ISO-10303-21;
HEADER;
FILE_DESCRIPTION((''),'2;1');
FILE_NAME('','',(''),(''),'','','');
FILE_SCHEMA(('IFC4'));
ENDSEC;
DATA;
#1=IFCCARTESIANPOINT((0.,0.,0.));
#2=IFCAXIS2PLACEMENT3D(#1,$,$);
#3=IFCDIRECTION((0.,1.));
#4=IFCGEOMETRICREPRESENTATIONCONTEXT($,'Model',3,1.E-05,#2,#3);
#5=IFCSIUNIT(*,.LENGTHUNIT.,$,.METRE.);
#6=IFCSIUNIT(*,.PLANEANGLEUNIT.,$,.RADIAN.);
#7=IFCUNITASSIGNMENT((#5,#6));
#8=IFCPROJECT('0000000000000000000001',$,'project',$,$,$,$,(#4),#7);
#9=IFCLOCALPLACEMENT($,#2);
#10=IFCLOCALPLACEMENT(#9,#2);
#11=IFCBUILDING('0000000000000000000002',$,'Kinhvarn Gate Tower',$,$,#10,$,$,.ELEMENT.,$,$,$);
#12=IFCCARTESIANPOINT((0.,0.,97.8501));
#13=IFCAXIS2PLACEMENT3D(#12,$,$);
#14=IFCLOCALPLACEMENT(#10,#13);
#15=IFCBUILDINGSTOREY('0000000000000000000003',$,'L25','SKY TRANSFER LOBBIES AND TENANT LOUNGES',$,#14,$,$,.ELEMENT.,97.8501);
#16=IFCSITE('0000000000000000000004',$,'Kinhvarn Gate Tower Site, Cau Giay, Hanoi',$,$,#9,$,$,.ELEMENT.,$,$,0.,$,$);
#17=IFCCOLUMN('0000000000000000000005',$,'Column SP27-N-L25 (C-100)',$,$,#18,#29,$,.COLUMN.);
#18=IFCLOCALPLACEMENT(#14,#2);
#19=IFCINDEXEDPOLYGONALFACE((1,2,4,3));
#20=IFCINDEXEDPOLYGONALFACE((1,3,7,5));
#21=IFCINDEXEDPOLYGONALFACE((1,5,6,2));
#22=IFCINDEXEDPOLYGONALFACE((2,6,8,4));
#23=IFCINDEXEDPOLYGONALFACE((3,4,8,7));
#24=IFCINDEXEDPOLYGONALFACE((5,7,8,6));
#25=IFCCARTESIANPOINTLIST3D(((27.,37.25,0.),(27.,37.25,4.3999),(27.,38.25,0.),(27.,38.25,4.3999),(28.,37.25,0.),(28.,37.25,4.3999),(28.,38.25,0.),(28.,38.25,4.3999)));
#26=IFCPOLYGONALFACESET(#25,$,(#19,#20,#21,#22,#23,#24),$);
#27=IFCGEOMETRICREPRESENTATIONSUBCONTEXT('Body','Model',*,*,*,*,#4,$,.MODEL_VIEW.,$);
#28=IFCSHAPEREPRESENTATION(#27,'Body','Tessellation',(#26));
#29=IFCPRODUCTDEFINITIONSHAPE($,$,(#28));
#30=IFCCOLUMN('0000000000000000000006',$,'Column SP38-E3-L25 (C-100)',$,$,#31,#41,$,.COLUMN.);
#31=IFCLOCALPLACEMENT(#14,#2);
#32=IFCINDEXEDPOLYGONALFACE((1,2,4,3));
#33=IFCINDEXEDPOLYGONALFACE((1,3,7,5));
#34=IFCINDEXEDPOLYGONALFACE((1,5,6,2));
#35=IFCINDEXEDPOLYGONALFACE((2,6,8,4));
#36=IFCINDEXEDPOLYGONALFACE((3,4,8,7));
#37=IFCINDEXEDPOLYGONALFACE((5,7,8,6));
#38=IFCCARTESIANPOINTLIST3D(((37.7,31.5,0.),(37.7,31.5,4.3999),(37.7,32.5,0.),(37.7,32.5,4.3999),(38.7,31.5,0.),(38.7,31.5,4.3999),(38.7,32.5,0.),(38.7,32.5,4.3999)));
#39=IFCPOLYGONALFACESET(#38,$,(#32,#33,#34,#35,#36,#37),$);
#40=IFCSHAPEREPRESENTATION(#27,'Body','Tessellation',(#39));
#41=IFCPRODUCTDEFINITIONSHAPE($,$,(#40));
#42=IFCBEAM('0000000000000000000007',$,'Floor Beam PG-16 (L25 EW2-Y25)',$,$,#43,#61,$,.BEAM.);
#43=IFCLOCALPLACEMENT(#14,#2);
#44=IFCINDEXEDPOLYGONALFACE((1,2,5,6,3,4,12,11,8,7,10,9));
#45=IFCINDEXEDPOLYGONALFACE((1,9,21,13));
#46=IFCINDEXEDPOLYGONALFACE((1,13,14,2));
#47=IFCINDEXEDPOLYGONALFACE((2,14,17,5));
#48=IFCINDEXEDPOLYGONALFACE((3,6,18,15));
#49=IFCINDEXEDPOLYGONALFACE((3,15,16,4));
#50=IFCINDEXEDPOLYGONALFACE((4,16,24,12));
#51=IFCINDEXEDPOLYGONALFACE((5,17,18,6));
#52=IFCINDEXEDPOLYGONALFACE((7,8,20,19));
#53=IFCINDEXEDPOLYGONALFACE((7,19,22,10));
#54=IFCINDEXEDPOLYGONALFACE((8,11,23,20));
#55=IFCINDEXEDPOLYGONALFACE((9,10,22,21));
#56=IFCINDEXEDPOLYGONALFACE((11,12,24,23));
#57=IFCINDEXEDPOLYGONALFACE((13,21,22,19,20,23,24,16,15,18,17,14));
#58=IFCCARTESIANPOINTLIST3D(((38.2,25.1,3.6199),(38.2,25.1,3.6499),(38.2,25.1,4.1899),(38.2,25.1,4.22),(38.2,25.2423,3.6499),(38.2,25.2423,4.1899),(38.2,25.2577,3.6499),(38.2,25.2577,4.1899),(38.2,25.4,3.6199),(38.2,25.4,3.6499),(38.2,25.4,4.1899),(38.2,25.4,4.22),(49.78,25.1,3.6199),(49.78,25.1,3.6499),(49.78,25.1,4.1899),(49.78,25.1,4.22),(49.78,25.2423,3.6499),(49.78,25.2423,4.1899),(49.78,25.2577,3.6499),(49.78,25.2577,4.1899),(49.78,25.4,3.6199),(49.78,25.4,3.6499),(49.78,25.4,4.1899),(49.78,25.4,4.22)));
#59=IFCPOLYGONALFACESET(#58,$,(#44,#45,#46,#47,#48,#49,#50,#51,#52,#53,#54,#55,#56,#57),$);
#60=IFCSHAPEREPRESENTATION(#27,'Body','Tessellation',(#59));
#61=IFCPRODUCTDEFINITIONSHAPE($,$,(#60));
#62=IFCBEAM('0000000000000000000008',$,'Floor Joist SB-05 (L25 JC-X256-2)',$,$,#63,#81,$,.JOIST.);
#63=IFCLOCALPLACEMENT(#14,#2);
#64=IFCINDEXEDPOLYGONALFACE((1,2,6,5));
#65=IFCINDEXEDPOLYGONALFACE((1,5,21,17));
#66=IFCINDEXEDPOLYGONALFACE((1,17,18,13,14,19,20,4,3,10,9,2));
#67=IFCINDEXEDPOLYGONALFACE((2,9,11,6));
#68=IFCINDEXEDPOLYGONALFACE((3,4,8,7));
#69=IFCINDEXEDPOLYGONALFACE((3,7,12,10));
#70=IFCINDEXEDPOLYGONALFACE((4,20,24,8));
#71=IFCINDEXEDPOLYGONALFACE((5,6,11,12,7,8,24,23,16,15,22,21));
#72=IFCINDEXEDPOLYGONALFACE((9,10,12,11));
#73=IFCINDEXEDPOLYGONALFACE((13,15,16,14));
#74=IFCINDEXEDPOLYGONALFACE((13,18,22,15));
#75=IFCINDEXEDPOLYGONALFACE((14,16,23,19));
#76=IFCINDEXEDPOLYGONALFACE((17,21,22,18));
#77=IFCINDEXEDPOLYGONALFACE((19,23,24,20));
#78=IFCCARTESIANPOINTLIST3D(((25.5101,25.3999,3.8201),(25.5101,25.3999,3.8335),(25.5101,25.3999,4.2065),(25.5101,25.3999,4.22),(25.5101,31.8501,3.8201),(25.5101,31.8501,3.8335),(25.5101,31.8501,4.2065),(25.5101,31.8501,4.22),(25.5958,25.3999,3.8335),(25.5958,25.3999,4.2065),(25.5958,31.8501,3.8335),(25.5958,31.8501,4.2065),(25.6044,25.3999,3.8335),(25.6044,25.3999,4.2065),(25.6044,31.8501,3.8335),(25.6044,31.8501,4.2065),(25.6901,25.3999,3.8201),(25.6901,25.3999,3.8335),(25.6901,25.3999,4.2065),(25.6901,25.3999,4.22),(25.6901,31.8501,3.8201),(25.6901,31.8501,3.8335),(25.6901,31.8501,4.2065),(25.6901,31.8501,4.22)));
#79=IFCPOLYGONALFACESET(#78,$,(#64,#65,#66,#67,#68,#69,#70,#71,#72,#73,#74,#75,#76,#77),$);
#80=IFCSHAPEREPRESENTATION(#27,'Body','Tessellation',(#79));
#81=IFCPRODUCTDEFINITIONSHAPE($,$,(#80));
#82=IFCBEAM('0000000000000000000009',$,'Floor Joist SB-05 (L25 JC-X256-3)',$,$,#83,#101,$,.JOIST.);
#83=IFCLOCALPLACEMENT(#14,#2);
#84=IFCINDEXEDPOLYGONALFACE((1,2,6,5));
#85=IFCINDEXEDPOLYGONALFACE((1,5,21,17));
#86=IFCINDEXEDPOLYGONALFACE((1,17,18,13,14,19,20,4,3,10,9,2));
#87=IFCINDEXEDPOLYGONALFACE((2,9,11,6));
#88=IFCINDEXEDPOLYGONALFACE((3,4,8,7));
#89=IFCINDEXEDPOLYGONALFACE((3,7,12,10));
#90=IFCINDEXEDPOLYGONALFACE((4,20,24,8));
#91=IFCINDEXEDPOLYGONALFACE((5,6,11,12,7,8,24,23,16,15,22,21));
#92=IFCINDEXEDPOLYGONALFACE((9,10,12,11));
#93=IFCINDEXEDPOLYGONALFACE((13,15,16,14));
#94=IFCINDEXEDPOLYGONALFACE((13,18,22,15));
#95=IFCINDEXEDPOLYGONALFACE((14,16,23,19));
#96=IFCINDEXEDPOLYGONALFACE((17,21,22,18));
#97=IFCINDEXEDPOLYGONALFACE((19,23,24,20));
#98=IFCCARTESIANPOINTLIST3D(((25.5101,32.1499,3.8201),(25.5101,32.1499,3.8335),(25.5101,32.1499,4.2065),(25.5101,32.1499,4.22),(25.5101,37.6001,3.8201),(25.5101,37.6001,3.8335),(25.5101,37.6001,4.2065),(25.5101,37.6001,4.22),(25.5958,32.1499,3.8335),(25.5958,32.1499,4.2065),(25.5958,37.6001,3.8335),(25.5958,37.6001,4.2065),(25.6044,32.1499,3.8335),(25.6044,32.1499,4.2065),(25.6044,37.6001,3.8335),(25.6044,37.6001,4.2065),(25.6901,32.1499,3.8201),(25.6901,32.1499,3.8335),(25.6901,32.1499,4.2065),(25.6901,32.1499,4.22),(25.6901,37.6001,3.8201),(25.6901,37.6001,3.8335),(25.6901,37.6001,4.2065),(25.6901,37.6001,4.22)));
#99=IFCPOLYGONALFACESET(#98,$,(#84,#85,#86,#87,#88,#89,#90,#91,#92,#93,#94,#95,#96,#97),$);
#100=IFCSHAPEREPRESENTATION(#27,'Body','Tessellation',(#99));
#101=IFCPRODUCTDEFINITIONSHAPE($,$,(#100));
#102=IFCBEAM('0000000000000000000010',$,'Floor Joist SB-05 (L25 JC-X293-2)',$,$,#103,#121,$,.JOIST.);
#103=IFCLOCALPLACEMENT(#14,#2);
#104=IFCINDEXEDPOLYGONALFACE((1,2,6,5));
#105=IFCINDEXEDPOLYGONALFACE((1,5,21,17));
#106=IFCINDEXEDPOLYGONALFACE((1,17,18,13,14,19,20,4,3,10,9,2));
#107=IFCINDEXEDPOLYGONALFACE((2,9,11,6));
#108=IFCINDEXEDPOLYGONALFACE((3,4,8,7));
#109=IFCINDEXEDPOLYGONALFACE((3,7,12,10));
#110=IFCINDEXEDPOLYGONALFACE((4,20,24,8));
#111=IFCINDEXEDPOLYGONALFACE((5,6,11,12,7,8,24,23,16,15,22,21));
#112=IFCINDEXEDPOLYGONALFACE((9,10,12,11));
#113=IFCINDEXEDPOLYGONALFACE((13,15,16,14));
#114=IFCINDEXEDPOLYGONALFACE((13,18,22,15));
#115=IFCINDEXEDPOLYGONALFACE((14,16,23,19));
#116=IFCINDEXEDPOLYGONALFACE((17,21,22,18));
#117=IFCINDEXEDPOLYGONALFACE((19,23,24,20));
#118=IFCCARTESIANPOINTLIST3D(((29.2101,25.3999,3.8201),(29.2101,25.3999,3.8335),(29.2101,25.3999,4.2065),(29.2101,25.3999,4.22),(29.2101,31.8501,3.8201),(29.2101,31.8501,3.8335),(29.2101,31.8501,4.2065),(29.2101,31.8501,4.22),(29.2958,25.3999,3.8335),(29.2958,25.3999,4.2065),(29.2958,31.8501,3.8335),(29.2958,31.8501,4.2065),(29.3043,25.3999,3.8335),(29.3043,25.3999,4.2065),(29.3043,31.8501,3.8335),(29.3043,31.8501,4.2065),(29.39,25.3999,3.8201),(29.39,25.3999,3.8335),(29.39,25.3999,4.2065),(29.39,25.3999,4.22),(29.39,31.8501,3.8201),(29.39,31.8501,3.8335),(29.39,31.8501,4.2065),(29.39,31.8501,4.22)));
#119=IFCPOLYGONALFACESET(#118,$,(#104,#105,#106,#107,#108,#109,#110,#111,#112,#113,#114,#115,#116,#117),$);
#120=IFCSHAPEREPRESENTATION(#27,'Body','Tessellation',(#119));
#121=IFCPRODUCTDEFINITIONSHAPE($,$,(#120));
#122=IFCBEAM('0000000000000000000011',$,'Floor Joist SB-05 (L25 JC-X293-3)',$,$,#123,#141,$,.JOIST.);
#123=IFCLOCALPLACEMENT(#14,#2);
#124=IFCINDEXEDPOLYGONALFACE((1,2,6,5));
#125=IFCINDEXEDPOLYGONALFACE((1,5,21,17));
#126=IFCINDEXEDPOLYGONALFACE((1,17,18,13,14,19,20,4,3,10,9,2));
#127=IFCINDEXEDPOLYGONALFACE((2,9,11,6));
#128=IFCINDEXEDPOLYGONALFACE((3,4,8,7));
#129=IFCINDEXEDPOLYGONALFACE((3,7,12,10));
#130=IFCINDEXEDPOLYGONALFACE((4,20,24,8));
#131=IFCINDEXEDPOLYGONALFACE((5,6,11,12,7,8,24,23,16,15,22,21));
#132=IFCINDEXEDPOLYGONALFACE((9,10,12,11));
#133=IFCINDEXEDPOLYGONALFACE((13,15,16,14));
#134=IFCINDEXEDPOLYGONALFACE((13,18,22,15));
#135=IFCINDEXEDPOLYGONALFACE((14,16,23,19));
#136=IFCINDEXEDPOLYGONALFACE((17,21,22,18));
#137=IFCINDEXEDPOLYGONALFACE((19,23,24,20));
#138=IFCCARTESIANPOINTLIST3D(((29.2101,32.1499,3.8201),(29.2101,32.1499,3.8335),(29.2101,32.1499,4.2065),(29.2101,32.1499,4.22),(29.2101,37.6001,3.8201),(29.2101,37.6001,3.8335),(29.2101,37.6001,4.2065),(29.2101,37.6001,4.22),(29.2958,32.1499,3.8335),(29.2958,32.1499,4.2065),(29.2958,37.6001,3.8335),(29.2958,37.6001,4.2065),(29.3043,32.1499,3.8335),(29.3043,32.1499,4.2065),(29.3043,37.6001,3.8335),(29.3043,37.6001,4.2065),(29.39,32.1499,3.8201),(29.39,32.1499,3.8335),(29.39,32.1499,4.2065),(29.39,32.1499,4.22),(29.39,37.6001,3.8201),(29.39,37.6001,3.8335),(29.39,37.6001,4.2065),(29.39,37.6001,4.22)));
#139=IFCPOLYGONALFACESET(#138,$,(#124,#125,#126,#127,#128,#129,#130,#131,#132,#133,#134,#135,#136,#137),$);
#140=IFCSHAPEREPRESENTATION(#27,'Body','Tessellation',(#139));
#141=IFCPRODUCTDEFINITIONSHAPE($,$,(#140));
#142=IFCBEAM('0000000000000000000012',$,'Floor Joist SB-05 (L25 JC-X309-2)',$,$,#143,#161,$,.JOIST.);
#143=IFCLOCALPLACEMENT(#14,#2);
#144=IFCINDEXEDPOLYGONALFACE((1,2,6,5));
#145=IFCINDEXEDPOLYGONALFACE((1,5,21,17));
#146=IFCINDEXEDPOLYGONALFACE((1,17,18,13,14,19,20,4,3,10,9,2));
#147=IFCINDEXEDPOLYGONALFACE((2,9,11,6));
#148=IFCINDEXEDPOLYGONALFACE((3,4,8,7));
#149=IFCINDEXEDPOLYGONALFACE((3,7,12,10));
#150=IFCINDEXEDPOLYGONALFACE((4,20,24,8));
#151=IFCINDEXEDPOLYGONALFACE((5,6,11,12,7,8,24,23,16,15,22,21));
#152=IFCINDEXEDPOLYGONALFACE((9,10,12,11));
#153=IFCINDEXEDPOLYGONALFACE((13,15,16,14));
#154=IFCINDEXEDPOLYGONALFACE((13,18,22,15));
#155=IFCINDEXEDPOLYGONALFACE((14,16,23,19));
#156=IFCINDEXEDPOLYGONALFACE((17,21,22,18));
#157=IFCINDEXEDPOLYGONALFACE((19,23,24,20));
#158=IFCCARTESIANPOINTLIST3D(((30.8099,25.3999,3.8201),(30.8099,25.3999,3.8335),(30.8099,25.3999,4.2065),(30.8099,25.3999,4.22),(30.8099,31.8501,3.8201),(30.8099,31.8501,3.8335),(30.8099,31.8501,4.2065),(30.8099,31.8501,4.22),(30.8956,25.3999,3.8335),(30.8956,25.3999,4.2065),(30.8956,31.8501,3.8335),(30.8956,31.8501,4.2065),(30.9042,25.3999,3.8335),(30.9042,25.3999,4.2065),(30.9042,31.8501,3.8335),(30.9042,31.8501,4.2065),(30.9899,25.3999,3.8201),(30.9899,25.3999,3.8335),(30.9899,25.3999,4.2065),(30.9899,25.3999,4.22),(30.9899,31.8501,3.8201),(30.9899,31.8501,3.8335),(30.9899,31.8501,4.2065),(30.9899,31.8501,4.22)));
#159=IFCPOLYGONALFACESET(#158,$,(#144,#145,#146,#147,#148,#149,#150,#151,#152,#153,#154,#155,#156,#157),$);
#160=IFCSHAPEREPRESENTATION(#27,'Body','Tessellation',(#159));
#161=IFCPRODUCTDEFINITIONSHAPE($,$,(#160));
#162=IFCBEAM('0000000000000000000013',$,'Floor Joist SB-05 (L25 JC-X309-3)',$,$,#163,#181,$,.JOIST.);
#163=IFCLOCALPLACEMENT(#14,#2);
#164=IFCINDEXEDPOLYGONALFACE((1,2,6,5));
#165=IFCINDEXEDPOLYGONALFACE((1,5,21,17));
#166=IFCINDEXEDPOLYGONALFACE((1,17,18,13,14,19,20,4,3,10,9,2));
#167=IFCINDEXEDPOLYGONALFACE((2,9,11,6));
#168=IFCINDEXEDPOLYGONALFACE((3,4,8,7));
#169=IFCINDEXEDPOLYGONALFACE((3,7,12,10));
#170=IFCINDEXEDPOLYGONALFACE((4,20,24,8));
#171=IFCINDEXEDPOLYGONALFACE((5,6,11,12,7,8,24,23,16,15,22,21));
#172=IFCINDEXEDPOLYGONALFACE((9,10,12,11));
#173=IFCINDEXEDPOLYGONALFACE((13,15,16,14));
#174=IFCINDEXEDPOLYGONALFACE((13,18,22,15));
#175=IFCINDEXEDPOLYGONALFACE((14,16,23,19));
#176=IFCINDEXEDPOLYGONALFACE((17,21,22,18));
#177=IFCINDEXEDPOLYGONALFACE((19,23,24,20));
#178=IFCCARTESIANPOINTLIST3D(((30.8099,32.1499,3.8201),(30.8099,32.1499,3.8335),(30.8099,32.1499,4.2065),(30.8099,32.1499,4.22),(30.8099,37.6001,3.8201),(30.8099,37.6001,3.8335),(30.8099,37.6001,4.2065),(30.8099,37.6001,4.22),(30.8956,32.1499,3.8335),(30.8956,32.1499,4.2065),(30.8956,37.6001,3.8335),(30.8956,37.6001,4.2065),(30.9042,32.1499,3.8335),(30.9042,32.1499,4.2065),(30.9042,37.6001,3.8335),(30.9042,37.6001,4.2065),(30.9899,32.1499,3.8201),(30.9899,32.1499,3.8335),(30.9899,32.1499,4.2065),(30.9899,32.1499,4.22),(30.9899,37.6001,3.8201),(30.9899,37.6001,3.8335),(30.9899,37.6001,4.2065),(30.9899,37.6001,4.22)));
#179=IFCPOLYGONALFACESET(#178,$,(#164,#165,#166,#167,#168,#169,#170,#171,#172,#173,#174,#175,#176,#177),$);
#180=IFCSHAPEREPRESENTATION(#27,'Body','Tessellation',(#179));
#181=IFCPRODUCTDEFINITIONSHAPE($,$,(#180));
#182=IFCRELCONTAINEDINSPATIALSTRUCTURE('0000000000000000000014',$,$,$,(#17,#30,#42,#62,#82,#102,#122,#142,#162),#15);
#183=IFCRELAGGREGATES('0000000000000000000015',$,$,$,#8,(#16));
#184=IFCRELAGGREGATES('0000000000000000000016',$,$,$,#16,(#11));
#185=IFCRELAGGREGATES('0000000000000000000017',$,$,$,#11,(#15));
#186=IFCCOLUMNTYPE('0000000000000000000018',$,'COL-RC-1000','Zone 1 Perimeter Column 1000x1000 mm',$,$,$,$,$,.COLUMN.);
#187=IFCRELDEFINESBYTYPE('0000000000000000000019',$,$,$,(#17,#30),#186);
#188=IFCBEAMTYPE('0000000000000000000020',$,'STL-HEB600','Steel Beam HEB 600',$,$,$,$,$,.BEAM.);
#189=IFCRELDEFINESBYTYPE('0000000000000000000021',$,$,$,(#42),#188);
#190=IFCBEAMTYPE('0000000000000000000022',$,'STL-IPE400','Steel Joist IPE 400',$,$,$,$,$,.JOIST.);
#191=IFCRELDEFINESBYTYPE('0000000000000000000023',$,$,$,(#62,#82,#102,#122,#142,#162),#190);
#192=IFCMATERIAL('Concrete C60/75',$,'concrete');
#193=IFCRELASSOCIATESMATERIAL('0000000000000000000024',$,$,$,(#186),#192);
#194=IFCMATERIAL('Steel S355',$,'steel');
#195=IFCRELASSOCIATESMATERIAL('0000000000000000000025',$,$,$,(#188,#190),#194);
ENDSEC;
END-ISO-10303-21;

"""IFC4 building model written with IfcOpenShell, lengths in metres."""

from ifc_helpers import new_model, si_unit, direction, frame, origin, origin_2d, place, context, subcontext, project, spatial, rectangle, i_section, extrude, material, material_profile, profile_set, type_object, element, save


model = new_model("IFC4")

# Units and contexts
model_context = context("Model", 3, precision=1e-05, world=origin(), true_north=direction((0.0, 1.0)))
body_context = subcontext(model_context, "Body", "Model", "MODEL_VIEW")
ifc_project = project(units=[si_unit("LENGTHUNIT", "METRE"), si_unit("PLANEANGLEUNIT", "RADIAN")], contexts=[model_context])

# Site, building, storey
site_placement = place(None, origin())
site = spatial("IfcSite", under=ifc_project, at=site_placement, Name="Kinhvarn Gate Tower Site, Cau Giay, Hanoi", CompositionType="ELEMENT", RefElevation=0.0)
building_placement = place(site_placement, origin())
building = spatial("IfcBuilding", under=site, at=building_placement, Name="Kinhvarn Gate Tower", CompositionType="ELEMENT")
storey_placement = place(building_placement, frame((0.0, 0.0, 97.8501)))
storey = spatial("IfcBuildingStorey", under=building, at=storey_placement, Name="L25", Description="SKY TRANSFER LOBBIES AND TENANT LOUNGES", CompositionType="ELEMENT", Elevation=97.8501)

# Columns
ifc_material_1 = material(Name="Concrete C60/75", Category="concrete")
ifc_material_profile_1 = material_profile(ifc_material_1, rectangle(XDim=1.0, YDim=1.0, at=origin_2d()), Name="RC 1000x1000")
ifc_profile_set_1 = profile_set([ifc_material_profile_1], Name="Concrete C60/75")
column_type = type_object("IfcColumnType", Name="COL-RC-1000", Description="Zone 1 Perimeter Column 1000x1000 mm", PredefinedType="COLUMN", material=ifc_profile_set_1)
for number, where, z_axis, x_axis, name in (
    (1, (27.5, 37.75, 0.0), (0.0, 0.0, 1.0), (1.0, 0.0, 0.0), "Column SP27-N-L25 (C-100)"),
    (2, (38.2, 32.0, 0.0), (0.0, 0.0, 1.0), (1.0, 0.0, 0.0), "Column SP38-E3-L25 (C-100)"),
):
    element("IfcColumn", number, at=place(storey_placement, frame(where, z_axis=z_axis, x_axis=x_axis)), inside=storey, type_object=column_type, Name=name, PredefinedType="COLUMN", context=body_context, shape_type="SweptSolid", body=[
        extrude(rectangle(XDim=1.0, YDim=1.0, at=origin_2d()), origin(), (0.0, 0.0, 1.0), 4.3999),
    ])

# Beams
ifc_material_2 = material(Name="Steel S355", Category="steel")
ifc_material_profile_2 = material_profile(ifc_material_2, i_section(OverallWidth=0.3, OverallDepth=0.6001, WebThickness=0.0154, FlangeThickness=0.03, at=origin_2d()), Name="HEB 600")
ifc_profile_set_2 = profile_set([ifc_material_profile_2], Name="Steel S355")
beam_type_1 = type_object("IfcBeamType", Name="STL-HEB600", Description="Steel Beam HEB 600", PredefinedType="BEAM", material=ifc_profile_set_2)
beam_1_placement = place(storey_placement, frame((38.2, 25.25, 3.9199), z_axis=(1.0, 0.0, 0.0), x_axis=(0.0, 1.0, 0.0)))
element("IfcBeam", 3, at=beam_1_placement, inside=storey, type_object=beam_type_1, Name="Floor Beam PG-16 (L25 EW2-Y25)", PredefinedType="BEAM", context=body_context, shape_type="SweptSolid", body=[
    extrude(i_section(OverallWidth=0.3, OverallDepth=0.6001, WebThickness=0.0154, FlangeThickness=0.03, at=origin_2d()), origin(), (0.0, 0.0, 1.0), 11.5801),
])
ifc_material_profile_3 = material_profile(ifc_material_2, i_section(OverallWidth=0.1799, OverallDepth=0.3999, WebThickness=0.0085, FlangeThickness=0.0134, at=origin_2d()), Name="IPE 400")
ifc_profile_set_3 = profile_set([ifc_material_profile_3], Name="Steel S355")
beam_type_2 = type_object("IfcBeamType", Name="STL-IPE400", Description="Steel Joist IPE 400", PredefinedType="JOIST", material=ifc_profile_set_3)
beam_2_placement = place(storey_placement, frame((25.6001, 25.3999, 4.02), z_axis=(0.0, 1.0, 0.0), x_axis=(-1.0, 0.0, 0.0)))
element("IfcBeam", 4, at=beam_2_placement, inside=storey, type_object=beam_type_2, Name="Floor Joist SB-05 (L25 JC-X256-2)", PredefinedType="JOIST", context=body_context, shape_type="SweptSolid", body=[
    extrude(i_section(OverallWidth=0.1799, OverallDepth=0.3999, WebThickness=0.0085, FlangeThickness=0.0134, at=origin_2d()), origin(), (0.0, 0.0, 1.0), 6.4502),
])
beam_3_placement = place(storey_placement, frame((25.6001, 32.1499, 4.02), z_axis=(0.0, 1.0, 0.0), x_axis=(-1.0, 0.0, 0.0)))
element("IfcBeam", 5, at=beam_3_placement, inside=storey, type_object=beam_type_2, Name="Floor Joist SB-05 (L25 JC-X256-3)", PredefinedType="JOIST", context=body_context, shape_type="SweptSolid", body=[
    extrude(i_section(OverallWidth=0.1799, OverallDepth=0.3999, WebThickness=0.0085, FlangeThickness=0.0134, at=origin_2d()), origin(), (0.0, 0.0, 1.0), 5.4502),
])
beam_4_placement = place(storey_placement, frame((29.3, 25.3999, 4.02), z_axis=(0.0, 1.0, 0.0), x_axis=(-1.0, 0.0, 0.0)))
element("IfcBeam", 6, at=beam_4_placement, inside=storey, type_object=beam_type_2, Name="Floor Joist SB-05 (L25 JC-X293-2)", PredefinedType="JOIST", context=body_context, shape_type="SweptSolid", body=[
    extrude(i_section(OverallWidth=0.1799, OverallDepth=0.3999, WebThickness=0.0085, FlangeThickness=0.0134, at=origin_2d()), origin(), (0.0, 0.0, 1.0), 6.4502),
])
beam_5_placement = place(storey_placement, frame((29.3, 32.1499, 4.02), z_axis=(0.0, 1.0, 0.0), x_axis=(-1.0, 0.0, 0.0)))
element("IfcBeam", 7, at=beam_5_placement, inside=storey, type_object=beam_type_2, Name="Floor Joist SB-05 (L25 JC-X293-3)", PredefinedType="JOIST", context=body_context, shape_type="SweptSolid", body=[
    extrude(i_section(OverallWidth=0.1799, OverallDepth=0.3999, WebThickness=0.0085, FlangeThickness=0.0134, at=origin_2d()), origin(), (0.0, 0.0, 1.0), 5.4502),
])
beam_6_placement = place(storey_placement, frame((30.8999, 25.3999, 4.02), z_axis=(0.0, 1.0, 0.0), x_axis=(-1.0, 0.0, 0.0)))
element("IfcBeam", 8, at=beam_6_placement, inside=storey, type_object=beam_type_2, Name="Floor Joist SB-05 (L25 JC-X309-2)", PredefinedType="JOIST", context=body_context, shape_type="SweptSolid", body=[
    extrude(i_section(OverallWidth=0.1799, OverallDepth=0.3999, WebThickness=0.0085, FlangeThickness=0.0134, at=origin_2d()), origin(), (0.0, 0.0, 1.0), 6.4502),
])
beam_7_placement = place(storey_placement, frame((30.8999, 32.1499, 4.02), z_axis=(0.0, 1.0, 0.0), x_axis=(-1.0, 0.0, 0.0)))
element("IfcBeam", 9, at=beam_7_placement, inside=storey, type_object=beam_type_2, Name="Floor Joist SB-05 (L25 JC-X309-3)", PredefinedType="JOIST", context=body_context, shape_type="SweptSolid", body=[
    extrude(i_section(OverallWidth=0.1799, OverallDepth=0.3999, WebThickness=0.0085, FlangeThickness=0.0134, at=origin_2d()), origin(), (0.0, 0.0, 1.0), 5.4502),
])

save(model, "model.ifc")
